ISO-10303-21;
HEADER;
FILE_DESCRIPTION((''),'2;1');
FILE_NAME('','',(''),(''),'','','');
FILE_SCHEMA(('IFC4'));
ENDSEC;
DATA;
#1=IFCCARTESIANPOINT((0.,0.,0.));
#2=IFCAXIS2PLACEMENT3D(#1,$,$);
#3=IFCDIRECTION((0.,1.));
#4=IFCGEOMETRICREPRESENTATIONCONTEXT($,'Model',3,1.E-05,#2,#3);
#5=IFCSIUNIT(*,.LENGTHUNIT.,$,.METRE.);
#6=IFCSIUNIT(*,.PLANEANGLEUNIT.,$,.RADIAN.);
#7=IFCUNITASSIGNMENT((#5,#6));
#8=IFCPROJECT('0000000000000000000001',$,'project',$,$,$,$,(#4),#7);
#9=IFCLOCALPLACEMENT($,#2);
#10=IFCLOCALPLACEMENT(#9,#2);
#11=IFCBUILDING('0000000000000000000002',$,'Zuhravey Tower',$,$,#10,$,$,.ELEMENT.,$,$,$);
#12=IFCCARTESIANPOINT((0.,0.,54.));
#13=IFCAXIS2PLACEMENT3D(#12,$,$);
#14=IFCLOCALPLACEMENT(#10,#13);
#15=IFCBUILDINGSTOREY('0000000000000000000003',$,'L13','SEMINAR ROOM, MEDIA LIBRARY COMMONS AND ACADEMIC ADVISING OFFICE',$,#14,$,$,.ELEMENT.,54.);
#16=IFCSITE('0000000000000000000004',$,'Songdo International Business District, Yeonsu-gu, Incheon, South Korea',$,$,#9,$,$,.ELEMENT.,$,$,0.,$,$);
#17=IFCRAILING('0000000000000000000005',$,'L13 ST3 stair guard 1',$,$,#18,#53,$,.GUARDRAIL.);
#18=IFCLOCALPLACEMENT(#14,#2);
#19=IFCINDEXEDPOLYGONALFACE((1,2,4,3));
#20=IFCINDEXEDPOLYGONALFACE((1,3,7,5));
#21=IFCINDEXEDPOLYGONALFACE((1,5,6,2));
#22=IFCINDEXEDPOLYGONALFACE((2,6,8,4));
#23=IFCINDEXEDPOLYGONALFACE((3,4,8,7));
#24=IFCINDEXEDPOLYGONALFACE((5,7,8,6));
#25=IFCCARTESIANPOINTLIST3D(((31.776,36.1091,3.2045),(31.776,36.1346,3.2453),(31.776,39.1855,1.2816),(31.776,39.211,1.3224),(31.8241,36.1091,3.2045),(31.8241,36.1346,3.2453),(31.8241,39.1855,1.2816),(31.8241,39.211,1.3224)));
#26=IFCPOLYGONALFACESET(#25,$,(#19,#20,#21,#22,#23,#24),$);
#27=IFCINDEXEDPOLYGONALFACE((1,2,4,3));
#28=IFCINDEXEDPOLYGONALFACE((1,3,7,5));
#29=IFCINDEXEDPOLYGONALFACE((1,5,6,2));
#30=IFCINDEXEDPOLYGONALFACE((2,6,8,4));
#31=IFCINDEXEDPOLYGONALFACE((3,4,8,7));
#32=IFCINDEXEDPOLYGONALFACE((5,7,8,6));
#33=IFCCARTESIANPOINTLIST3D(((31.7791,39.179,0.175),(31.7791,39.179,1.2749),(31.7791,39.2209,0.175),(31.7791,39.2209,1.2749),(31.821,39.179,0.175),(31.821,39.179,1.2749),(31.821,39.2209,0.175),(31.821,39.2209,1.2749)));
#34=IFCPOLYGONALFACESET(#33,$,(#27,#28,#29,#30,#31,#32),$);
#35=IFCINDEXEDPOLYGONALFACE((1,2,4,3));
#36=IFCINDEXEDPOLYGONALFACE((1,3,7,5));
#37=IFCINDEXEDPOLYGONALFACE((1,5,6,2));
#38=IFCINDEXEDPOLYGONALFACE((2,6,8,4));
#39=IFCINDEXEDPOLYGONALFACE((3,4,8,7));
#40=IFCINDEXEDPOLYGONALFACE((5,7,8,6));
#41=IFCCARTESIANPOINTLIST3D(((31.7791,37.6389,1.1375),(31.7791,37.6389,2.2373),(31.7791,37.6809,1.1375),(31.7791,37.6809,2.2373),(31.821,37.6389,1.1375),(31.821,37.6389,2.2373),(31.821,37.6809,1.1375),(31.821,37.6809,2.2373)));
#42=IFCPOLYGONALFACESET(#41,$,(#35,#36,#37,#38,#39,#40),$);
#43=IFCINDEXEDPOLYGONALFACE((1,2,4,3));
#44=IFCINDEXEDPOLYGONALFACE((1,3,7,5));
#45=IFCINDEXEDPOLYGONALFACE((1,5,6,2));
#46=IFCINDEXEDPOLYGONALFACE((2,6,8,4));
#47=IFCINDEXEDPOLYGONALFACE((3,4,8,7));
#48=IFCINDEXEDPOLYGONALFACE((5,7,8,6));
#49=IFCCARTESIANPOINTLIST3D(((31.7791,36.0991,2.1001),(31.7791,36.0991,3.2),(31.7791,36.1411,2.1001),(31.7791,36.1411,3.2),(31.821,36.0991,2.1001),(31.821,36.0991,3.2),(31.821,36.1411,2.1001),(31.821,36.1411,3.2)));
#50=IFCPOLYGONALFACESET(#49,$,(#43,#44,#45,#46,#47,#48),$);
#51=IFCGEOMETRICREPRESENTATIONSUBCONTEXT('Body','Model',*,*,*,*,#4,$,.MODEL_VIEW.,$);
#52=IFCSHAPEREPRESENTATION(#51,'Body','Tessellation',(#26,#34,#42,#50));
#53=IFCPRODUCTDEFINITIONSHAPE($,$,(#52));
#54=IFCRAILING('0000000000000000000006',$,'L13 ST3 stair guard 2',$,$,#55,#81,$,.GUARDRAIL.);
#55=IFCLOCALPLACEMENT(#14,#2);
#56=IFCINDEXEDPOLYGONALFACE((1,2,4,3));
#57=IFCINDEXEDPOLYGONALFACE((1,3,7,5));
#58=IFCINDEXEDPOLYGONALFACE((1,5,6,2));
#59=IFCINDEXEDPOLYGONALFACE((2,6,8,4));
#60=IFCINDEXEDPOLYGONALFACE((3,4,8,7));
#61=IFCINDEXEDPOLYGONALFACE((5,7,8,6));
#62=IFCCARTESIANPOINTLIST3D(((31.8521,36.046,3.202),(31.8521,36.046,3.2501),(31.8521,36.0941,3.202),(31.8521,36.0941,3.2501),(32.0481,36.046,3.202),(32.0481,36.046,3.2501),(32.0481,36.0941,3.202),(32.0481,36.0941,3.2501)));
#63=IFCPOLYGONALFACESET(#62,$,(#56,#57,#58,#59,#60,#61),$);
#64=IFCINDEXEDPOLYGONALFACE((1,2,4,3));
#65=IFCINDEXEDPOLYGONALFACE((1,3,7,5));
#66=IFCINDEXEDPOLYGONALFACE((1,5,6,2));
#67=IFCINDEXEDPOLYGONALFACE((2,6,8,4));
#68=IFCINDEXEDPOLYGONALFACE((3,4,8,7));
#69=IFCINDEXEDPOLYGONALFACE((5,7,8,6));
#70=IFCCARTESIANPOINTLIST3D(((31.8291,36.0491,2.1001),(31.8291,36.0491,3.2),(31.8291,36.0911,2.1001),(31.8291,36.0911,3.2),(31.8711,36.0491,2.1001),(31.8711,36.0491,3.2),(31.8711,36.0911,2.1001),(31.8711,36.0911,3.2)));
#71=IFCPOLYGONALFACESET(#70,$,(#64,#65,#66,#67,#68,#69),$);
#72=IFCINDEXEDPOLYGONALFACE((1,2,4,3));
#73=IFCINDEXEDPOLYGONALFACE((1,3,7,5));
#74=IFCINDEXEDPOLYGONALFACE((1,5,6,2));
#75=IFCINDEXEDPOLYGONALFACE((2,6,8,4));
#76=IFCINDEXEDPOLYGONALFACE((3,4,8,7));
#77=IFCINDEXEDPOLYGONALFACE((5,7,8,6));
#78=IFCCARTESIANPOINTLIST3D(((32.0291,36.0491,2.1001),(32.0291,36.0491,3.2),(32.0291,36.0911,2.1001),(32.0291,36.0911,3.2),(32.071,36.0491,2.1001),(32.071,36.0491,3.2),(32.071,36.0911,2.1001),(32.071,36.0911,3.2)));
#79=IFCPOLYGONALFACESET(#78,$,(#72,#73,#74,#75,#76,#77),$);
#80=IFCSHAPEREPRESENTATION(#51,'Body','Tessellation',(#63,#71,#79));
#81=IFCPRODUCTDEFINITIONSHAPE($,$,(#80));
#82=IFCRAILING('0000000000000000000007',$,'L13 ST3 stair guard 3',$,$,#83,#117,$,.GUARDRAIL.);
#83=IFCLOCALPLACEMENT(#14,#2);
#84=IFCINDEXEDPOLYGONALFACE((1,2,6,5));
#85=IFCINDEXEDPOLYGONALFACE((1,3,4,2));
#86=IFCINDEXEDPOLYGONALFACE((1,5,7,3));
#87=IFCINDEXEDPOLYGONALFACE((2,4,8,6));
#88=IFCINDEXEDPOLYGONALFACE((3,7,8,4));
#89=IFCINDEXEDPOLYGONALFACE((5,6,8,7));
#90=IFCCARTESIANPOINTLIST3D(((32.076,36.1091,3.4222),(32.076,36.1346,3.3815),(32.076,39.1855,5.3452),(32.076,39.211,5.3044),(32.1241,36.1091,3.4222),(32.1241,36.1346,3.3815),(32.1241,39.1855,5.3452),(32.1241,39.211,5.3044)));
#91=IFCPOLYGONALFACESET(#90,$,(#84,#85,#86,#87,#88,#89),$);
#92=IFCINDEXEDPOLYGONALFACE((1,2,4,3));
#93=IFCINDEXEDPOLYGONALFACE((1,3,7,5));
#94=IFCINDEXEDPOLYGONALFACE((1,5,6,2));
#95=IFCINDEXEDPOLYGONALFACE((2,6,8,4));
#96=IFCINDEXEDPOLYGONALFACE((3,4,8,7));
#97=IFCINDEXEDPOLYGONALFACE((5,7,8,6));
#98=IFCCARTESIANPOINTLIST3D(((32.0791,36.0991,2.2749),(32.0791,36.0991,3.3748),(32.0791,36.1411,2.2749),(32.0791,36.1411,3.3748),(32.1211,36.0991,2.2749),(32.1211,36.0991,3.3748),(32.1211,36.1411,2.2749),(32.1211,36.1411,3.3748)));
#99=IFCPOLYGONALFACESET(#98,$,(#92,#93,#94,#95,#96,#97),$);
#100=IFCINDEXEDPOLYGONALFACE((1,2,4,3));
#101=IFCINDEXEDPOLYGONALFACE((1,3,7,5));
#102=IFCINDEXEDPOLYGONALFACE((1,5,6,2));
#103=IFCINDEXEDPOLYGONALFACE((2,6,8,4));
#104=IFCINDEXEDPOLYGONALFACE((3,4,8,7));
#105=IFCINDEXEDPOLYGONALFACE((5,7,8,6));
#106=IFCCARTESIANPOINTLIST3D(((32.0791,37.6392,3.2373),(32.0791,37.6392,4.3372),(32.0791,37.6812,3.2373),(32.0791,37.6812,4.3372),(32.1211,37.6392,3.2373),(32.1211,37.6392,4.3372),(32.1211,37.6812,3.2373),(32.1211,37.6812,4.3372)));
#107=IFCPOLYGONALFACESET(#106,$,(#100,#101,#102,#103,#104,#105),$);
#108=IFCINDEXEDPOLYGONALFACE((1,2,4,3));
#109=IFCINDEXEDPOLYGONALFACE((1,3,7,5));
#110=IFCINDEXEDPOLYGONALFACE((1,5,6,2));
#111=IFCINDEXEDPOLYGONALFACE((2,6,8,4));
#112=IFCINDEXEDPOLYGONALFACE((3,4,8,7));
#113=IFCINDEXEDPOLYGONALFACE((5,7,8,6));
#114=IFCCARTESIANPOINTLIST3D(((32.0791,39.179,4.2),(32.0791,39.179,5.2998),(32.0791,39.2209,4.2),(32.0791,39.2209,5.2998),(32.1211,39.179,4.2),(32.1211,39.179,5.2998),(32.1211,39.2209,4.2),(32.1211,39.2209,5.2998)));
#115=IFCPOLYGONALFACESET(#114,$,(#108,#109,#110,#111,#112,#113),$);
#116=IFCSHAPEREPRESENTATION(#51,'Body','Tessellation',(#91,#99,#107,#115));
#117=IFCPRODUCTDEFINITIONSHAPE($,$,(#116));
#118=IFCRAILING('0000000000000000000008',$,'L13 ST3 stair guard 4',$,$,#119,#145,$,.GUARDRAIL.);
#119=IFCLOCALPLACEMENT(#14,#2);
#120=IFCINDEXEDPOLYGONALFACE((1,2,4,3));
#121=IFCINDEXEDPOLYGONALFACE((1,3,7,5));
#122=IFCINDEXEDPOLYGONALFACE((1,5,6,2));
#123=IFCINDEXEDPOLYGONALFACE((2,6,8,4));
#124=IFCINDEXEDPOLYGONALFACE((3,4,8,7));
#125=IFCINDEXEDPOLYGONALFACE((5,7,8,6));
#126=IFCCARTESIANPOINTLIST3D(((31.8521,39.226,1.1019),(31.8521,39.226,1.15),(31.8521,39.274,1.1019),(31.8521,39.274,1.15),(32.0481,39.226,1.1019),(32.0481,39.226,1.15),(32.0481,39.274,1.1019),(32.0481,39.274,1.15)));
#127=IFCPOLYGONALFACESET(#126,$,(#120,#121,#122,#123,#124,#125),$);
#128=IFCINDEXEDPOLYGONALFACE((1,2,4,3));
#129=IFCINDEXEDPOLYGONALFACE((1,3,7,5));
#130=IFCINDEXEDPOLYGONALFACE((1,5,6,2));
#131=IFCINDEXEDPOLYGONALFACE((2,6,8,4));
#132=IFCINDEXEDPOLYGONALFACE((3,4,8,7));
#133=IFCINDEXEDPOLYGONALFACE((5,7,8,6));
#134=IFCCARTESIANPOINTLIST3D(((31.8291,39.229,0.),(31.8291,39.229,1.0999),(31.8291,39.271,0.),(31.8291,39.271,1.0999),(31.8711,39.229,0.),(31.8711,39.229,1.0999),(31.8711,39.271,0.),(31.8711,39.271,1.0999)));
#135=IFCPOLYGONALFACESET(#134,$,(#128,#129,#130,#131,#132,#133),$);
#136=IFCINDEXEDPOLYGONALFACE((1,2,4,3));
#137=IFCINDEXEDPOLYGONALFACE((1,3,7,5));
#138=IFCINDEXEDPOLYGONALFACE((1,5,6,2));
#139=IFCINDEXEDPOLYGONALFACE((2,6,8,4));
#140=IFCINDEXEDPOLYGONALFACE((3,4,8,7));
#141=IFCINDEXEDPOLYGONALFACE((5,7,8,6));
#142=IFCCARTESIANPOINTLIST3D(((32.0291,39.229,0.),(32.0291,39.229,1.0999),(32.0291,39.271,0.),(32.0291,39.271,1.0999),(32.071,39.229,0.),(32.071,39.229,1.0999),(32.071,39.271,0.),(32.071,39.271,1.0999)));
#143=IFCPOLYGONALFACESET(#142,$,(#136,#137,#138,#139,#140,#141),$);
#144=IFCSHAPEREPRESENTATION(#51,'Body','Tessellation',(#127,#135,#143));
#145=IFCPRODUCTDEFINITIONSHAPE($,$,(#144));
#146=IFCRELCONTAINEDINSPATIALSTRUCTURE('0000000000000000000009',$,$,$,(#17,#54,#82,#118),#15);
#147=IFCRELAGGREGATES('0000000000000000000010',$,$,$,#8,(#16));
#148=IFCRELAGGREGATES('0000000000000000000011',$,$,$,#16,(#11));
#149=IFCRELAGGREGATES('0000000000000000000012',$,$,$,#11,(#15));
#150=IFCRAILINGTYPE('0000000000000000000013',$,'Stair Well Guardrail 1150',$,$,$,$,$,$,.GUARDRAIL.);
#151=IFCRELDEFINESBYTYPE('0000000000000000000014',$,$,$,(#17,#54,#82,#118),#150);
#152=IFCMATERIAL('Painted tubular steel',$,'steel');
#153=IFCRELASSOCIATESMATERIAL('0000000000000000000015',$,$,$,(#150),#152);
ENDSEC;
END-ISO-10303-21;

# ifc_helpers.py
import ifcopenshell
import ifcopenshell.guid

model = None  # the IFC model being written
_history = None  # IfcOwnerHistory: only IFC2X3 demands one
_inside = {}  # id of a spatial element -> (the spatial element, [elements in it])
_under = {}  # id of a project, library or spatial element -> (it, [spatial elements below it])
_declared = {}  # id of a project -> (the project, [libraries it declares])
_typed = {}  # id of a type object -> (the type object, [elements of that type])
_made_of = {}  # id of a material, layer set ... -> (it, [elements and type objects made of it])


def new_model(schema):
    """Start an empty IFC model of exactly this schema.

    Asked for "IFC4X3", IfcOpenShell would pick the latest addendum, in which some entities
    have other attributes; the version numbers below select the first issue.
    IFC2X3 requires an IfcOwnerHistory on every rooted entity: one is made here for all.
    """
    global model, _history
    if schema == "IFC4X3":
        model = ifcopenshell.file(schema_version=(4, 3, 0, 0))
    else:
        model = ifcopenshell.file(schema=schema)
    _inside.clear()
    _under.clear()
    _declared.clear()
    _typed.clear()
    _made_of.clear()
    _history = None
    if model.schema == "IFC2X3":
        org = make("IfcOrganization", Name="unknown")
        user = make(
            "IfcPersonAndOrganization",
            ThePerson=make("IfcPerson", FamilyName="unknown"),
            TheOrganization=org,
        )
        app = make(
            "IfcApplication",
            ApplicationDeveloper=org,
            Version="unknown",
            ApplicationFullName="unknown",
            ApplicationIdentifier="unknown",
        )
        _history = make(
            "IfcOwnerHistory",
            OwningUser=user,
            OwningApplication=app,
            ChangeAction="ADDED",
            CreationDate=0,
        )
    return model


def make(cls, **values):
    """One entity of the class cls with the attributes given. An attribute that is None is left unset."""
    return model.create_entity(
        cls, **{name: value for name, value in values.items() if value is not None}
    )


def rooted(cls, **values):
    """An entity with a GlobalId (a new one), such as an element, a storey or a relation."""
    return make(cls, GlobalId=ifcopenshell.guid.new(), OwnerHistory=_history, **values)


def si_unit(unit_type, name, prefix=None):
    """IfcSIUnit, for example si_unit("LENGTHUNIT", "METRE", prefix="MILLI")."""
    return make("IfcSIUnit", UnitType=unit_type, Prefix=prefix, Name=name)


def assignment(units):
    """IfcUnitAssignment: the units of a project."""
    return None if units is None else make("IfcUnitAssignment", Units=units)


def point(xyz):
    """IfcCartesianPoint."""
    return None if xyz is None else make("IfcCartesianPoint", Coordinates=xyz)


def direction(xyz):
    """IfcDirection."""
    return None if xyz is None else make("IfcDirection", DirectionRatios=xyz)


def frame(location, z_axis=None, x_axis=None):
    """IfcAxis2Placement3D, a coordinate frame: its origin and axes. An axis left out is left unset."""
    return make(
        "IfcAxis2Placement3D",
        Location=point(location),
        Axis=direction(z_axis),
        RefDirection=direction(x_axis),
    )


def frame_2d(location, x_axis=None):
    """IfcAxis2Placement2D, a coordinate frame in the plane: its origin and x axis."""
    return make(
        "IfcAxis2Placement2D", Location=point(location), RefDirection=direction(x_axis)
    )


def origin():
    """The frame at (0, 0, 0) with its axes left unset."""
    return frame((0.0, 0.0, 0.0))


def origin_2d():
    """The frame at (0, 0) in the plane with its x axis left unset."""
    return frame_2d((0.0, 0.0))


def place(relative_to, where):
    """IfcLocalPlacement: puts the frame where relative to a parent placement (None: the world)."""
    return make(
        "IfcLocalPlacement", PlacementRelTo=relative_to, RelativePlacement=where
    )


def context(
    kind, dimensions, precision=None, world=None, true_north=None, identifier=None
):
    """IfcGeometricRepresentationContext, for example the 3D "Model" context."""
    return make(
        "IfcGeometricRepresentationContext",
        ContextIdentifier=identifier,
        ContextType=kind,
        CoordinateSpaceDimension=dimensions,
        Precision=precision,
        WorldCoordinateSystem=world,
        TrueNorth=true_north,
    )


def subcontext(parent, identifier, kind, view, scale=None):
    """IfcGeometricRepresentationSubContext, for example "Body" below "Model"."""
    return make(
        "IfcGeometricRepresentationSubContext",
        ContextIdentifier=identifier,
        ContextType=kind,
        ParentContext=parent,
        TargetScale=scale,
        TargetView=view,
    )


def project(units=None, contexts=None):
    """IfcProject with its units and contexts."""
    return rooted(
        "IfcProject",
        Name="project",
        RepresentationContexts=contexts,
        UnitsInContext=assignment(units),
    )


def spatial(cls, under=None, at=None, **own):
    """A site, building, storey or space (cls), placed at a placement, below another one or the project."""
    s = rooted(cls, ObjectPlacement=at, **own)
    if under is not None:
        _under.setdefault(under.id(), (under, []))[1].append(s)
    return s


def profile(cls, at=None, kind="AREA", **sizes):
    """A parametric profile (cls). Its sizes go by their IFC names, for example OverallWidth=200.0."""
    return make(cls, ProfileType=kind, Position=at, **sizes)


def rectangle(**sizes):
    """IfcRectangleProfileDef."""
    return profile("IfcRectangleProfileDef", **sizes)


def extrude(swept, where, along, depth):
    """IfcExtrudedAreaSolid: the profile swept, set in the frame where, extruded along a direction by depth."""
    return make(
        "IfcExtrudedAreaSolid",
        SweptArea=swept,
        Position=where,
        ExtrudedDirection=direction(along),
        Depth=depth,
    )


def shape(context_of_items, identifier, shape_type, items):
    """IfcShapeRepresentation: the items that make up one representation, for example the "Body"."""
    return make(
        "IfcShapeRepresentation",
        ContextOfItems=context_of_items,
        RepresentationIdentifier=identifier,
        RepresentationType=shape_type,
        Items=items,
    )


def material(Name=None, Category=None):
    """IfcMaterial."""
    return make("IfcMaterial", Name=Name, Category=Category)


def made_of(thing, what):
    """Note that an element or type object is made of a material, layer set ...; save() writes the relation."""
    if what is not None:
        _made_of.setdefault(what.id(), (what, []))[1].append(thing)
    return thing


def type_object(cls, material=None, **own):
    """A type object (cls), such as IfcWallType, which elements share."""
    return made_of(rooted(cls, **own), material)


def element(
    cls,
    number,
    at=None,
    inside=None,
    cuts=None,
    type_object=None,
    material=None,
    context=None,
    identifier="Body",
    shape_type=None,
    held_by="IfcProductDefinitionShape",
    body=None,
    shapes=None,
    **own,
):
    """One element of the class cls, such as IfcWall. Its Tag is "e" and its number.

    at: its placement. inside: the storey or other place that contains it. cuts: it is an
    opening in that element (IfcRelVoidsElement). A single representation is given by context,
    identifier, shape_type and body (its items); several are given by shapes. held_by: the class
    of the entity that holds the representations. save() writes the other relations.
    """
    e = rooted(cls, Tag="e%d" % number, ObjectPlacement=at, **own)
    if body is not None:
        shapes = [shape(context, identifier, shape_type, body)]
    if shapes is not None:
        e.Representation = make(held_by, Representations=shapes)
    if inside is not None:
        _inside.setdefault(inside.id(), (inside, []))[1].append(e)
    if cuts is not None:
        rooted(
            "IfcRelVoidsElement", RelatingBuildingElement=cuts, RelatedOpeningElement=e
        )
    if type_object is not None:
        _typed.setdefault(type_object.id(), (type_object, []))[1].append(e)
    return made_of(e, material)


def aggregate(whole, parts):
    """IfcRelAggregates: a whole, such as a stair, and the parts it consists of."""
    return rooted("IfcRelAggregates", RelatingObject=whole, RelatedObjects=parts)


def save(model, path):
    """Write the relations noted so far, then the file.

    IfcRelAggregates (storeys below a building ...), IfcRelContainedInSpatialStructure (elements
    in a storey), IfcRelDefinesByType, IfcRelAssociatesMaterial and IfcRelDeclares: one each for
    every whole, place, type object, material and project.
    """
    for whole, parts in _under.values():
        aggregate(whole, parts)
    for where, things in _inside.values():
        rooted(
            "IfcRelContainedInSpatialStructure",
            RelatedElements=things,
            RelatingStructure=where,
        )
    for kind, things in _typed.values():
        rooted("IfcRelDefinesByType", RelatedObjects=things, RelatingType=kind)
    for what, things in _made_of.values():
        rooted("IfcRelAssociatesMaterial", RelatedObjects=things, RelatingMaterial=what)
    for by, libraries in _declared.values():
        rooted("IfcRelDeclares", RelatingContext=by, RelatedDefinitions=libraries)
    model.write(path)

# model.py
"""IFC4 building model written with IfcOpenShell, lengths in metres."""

from ifc_helpers import new_model, si_unit, direction, frame, origin, origin_2d, place, context, subcontext, project, spatial, rectangle, extrude, material, type_object, element, save


model = new_model("IFC4")

# Units and contexts
model_context = context("Model", 3, precision=1e-05, world=origin(), true_north=direction((0.0, 1.0)))
body_context = subcontext(model_context, "Body", "Model", "MODEL_VIEW")
ifc_project = project(units=[si_unit("LENGTHUNIT", "METRE"), si_unit("PLANEANGLEUNIT", "RADIAN")], contexts=[model_context])

# Site, building, storey
site_placement = place(None, origin())
site = spatial("IfcSite", under=ifc_project, at=site_placement, Name="Songdo International Business District, Yeonsu-gu, Incheon, South Korea", CompositionType="ELEMENT", RefElevation=0.0)
building_placement = place(site_placement, origin())
building = spatial("IfcBuilding", under=site, at=building_placement, Name="Zuhravey Tower", CompositionType="ELEMENT")
storey_placement = place(building_placement, frame((0.0, 0.0, 54.0)))
storey = spatial("IfcBuildingStorey", under=building, at=storey_placement, Name="L13", Description="SEMINAR ROOM, MEDIA LIBRARY COMMONS AND ACADEMIC ADVISING OFFICE", CompositionType="ELEMENT", Elevation=54.0)

# Railings
ifc_material_1 = material(Name="Painted tubular steel", Category="steel")
railing_type_1 = type_object("IfcRailingType", Name="Stair Well Guardrail 1150", PredefinedType="GUARDRAIL", material=ifc_material_1)
railing_1_placement = place(storey_placement, frame((31.8, 39.2, 0.175)))
element("IfcRailing", 1, at=railing_1_placement, inside=storey, type_object=railing_type_1, Name="L13 ST3 stair guard 1", PredefinedType="GUARDRAIL", context=body_context, shape_type="SweptSolid", body=[
    extrude(rectangle(XDim=0.0481, YDim=0.0481, at=origin_2d()), frame((0.0, -0.0017, 1.127), z_axis=(0.0, -0.847979, 0.530029), x_axis=(1.0, 0.0, 0.0)), (0.0, 0.0, 1.0), 3.6279),
    extrude(rectangle(XDim=0.042, YDim=0.042, at=origin_2d()), origin(), (0.0, 0.0, 1.0), 1.0999),
    extrude(rectangle(XDim=0.042, YDim=0.042, at=origin_2d()), frame((0.0, -1.54, 0.9624)), (0.0, 0.0, 1.0), 1.0999),
    extrude(rectangle(XDim=0.042, YDim=0.042, at=origin_2d()), frame((0.0, -3.0798, 1.925)), (0.0, 0.0, 1.0), 1.0999),
])
railing_2_placement = place(storey_placement, frame((31.8501, 36.0701, 2.1001)))
element("IfcRailing", 2, at=railing_2_placement, inside=storey, type_object=railing_type_1, Name="L13 ST3 stair guard 2", PredefinedType="GUARDRAIL", context=body_context, shape_type="SweptSolid", body=[
    extrude(rectangle(XDim=0.0481, YDim=0.0481, at=origin_2d()), frame((0.002, 0.0, 1.126), z_axis=(1.0, 0.0, 0.0), x_axis=(0.0, 1.0, 0.0)), (0.0, 0.0, 1.0), 0.196),
    extrude(rectangle(XDim=0.042, YDim=0.042, at=origin_2d()), origin(), (0.0, 0.0, 1.0), 1.0999),
    extrude(rectangle(XDim=0.042, YDim=0.042, at=origin_2d()), frame((0.2, 0.0, 0.0)), (0.0, 0.0, 1.0), 1.0999),
])
railing_3_placement = place(storey_placement, frame((32.1001, 36.1201, 2.2749)))
element("IfcRailing", 3, at=railing_3_placement, inside=storey, type_object=railing_type_1, Name="L13 ST3 stair guard 3", PredefinedType="GUARDRAIL", context=body_context, shape_type="SweptSolid", body=[
    extrude(rectangle(XDim=0.0481, YDim=0.0481, at=origin_2d()), frame((0.0, 0.0017, 1.127), z_axis=(0.0, 0.847979, 0.530029), x_axis=(-1.0, 0.0, 0.0)), (0.0, 0.0, 1.0), 3.6279),
    extrude(rectangle(XDim=0.042, YDim=0.042, at=origin_2d()), origin(), (0.0, 0.0, 1.0), 1.0999),
    extrude(rectangle(XDim=0.042, YDim=0.042, at=origin_2d()), frame((0.0, 1.54, 0.9624)), (0.0, 0.0, 1.0), 1.0999),
    extrude(rectangle(XDim=0.042, YDim=0.042, at=origin_2d()), frame((0.0, 3.0798, 1.925)), (0.0, 0.0, 1.0), 1.0999),
])
railing_4_placement = place(storey_placement, frame((31.8501, 39.25, 0.0)))
element("IfcRailing", 4, at=railing_4_placement, inside=storey, type_object=railing_type_1, Name="L13 ST3 stair guard 4", PredefinedType="GUARDRAIL", context=body_context, shape_type="SweptSolid", body=[
    extrude(rectangle(XDim=0.0481, YDim=0.0481, at=origin_2d()), frame((0.002, 0.0, 1.126), z_axis=(1.0, 0.0, 0.0), x_axis=(0.0, 1.0, 0.0)), (0.0, 0.0, 1.0), 0.196),
    extrude(rectangle(XDim=0.042, YDim=0.042, at=origin_2d()), origin(), (0.0, 0.0, 1.0), 1.0999),
    extrude(rectangle(XDim=0.042, YDim=0.042, at=origin_2d()), frame((0.2, 0.0, 0.0)), (0.0, 0.0, 1.0), 1.0999),
])

save(model, "model.ifc")
